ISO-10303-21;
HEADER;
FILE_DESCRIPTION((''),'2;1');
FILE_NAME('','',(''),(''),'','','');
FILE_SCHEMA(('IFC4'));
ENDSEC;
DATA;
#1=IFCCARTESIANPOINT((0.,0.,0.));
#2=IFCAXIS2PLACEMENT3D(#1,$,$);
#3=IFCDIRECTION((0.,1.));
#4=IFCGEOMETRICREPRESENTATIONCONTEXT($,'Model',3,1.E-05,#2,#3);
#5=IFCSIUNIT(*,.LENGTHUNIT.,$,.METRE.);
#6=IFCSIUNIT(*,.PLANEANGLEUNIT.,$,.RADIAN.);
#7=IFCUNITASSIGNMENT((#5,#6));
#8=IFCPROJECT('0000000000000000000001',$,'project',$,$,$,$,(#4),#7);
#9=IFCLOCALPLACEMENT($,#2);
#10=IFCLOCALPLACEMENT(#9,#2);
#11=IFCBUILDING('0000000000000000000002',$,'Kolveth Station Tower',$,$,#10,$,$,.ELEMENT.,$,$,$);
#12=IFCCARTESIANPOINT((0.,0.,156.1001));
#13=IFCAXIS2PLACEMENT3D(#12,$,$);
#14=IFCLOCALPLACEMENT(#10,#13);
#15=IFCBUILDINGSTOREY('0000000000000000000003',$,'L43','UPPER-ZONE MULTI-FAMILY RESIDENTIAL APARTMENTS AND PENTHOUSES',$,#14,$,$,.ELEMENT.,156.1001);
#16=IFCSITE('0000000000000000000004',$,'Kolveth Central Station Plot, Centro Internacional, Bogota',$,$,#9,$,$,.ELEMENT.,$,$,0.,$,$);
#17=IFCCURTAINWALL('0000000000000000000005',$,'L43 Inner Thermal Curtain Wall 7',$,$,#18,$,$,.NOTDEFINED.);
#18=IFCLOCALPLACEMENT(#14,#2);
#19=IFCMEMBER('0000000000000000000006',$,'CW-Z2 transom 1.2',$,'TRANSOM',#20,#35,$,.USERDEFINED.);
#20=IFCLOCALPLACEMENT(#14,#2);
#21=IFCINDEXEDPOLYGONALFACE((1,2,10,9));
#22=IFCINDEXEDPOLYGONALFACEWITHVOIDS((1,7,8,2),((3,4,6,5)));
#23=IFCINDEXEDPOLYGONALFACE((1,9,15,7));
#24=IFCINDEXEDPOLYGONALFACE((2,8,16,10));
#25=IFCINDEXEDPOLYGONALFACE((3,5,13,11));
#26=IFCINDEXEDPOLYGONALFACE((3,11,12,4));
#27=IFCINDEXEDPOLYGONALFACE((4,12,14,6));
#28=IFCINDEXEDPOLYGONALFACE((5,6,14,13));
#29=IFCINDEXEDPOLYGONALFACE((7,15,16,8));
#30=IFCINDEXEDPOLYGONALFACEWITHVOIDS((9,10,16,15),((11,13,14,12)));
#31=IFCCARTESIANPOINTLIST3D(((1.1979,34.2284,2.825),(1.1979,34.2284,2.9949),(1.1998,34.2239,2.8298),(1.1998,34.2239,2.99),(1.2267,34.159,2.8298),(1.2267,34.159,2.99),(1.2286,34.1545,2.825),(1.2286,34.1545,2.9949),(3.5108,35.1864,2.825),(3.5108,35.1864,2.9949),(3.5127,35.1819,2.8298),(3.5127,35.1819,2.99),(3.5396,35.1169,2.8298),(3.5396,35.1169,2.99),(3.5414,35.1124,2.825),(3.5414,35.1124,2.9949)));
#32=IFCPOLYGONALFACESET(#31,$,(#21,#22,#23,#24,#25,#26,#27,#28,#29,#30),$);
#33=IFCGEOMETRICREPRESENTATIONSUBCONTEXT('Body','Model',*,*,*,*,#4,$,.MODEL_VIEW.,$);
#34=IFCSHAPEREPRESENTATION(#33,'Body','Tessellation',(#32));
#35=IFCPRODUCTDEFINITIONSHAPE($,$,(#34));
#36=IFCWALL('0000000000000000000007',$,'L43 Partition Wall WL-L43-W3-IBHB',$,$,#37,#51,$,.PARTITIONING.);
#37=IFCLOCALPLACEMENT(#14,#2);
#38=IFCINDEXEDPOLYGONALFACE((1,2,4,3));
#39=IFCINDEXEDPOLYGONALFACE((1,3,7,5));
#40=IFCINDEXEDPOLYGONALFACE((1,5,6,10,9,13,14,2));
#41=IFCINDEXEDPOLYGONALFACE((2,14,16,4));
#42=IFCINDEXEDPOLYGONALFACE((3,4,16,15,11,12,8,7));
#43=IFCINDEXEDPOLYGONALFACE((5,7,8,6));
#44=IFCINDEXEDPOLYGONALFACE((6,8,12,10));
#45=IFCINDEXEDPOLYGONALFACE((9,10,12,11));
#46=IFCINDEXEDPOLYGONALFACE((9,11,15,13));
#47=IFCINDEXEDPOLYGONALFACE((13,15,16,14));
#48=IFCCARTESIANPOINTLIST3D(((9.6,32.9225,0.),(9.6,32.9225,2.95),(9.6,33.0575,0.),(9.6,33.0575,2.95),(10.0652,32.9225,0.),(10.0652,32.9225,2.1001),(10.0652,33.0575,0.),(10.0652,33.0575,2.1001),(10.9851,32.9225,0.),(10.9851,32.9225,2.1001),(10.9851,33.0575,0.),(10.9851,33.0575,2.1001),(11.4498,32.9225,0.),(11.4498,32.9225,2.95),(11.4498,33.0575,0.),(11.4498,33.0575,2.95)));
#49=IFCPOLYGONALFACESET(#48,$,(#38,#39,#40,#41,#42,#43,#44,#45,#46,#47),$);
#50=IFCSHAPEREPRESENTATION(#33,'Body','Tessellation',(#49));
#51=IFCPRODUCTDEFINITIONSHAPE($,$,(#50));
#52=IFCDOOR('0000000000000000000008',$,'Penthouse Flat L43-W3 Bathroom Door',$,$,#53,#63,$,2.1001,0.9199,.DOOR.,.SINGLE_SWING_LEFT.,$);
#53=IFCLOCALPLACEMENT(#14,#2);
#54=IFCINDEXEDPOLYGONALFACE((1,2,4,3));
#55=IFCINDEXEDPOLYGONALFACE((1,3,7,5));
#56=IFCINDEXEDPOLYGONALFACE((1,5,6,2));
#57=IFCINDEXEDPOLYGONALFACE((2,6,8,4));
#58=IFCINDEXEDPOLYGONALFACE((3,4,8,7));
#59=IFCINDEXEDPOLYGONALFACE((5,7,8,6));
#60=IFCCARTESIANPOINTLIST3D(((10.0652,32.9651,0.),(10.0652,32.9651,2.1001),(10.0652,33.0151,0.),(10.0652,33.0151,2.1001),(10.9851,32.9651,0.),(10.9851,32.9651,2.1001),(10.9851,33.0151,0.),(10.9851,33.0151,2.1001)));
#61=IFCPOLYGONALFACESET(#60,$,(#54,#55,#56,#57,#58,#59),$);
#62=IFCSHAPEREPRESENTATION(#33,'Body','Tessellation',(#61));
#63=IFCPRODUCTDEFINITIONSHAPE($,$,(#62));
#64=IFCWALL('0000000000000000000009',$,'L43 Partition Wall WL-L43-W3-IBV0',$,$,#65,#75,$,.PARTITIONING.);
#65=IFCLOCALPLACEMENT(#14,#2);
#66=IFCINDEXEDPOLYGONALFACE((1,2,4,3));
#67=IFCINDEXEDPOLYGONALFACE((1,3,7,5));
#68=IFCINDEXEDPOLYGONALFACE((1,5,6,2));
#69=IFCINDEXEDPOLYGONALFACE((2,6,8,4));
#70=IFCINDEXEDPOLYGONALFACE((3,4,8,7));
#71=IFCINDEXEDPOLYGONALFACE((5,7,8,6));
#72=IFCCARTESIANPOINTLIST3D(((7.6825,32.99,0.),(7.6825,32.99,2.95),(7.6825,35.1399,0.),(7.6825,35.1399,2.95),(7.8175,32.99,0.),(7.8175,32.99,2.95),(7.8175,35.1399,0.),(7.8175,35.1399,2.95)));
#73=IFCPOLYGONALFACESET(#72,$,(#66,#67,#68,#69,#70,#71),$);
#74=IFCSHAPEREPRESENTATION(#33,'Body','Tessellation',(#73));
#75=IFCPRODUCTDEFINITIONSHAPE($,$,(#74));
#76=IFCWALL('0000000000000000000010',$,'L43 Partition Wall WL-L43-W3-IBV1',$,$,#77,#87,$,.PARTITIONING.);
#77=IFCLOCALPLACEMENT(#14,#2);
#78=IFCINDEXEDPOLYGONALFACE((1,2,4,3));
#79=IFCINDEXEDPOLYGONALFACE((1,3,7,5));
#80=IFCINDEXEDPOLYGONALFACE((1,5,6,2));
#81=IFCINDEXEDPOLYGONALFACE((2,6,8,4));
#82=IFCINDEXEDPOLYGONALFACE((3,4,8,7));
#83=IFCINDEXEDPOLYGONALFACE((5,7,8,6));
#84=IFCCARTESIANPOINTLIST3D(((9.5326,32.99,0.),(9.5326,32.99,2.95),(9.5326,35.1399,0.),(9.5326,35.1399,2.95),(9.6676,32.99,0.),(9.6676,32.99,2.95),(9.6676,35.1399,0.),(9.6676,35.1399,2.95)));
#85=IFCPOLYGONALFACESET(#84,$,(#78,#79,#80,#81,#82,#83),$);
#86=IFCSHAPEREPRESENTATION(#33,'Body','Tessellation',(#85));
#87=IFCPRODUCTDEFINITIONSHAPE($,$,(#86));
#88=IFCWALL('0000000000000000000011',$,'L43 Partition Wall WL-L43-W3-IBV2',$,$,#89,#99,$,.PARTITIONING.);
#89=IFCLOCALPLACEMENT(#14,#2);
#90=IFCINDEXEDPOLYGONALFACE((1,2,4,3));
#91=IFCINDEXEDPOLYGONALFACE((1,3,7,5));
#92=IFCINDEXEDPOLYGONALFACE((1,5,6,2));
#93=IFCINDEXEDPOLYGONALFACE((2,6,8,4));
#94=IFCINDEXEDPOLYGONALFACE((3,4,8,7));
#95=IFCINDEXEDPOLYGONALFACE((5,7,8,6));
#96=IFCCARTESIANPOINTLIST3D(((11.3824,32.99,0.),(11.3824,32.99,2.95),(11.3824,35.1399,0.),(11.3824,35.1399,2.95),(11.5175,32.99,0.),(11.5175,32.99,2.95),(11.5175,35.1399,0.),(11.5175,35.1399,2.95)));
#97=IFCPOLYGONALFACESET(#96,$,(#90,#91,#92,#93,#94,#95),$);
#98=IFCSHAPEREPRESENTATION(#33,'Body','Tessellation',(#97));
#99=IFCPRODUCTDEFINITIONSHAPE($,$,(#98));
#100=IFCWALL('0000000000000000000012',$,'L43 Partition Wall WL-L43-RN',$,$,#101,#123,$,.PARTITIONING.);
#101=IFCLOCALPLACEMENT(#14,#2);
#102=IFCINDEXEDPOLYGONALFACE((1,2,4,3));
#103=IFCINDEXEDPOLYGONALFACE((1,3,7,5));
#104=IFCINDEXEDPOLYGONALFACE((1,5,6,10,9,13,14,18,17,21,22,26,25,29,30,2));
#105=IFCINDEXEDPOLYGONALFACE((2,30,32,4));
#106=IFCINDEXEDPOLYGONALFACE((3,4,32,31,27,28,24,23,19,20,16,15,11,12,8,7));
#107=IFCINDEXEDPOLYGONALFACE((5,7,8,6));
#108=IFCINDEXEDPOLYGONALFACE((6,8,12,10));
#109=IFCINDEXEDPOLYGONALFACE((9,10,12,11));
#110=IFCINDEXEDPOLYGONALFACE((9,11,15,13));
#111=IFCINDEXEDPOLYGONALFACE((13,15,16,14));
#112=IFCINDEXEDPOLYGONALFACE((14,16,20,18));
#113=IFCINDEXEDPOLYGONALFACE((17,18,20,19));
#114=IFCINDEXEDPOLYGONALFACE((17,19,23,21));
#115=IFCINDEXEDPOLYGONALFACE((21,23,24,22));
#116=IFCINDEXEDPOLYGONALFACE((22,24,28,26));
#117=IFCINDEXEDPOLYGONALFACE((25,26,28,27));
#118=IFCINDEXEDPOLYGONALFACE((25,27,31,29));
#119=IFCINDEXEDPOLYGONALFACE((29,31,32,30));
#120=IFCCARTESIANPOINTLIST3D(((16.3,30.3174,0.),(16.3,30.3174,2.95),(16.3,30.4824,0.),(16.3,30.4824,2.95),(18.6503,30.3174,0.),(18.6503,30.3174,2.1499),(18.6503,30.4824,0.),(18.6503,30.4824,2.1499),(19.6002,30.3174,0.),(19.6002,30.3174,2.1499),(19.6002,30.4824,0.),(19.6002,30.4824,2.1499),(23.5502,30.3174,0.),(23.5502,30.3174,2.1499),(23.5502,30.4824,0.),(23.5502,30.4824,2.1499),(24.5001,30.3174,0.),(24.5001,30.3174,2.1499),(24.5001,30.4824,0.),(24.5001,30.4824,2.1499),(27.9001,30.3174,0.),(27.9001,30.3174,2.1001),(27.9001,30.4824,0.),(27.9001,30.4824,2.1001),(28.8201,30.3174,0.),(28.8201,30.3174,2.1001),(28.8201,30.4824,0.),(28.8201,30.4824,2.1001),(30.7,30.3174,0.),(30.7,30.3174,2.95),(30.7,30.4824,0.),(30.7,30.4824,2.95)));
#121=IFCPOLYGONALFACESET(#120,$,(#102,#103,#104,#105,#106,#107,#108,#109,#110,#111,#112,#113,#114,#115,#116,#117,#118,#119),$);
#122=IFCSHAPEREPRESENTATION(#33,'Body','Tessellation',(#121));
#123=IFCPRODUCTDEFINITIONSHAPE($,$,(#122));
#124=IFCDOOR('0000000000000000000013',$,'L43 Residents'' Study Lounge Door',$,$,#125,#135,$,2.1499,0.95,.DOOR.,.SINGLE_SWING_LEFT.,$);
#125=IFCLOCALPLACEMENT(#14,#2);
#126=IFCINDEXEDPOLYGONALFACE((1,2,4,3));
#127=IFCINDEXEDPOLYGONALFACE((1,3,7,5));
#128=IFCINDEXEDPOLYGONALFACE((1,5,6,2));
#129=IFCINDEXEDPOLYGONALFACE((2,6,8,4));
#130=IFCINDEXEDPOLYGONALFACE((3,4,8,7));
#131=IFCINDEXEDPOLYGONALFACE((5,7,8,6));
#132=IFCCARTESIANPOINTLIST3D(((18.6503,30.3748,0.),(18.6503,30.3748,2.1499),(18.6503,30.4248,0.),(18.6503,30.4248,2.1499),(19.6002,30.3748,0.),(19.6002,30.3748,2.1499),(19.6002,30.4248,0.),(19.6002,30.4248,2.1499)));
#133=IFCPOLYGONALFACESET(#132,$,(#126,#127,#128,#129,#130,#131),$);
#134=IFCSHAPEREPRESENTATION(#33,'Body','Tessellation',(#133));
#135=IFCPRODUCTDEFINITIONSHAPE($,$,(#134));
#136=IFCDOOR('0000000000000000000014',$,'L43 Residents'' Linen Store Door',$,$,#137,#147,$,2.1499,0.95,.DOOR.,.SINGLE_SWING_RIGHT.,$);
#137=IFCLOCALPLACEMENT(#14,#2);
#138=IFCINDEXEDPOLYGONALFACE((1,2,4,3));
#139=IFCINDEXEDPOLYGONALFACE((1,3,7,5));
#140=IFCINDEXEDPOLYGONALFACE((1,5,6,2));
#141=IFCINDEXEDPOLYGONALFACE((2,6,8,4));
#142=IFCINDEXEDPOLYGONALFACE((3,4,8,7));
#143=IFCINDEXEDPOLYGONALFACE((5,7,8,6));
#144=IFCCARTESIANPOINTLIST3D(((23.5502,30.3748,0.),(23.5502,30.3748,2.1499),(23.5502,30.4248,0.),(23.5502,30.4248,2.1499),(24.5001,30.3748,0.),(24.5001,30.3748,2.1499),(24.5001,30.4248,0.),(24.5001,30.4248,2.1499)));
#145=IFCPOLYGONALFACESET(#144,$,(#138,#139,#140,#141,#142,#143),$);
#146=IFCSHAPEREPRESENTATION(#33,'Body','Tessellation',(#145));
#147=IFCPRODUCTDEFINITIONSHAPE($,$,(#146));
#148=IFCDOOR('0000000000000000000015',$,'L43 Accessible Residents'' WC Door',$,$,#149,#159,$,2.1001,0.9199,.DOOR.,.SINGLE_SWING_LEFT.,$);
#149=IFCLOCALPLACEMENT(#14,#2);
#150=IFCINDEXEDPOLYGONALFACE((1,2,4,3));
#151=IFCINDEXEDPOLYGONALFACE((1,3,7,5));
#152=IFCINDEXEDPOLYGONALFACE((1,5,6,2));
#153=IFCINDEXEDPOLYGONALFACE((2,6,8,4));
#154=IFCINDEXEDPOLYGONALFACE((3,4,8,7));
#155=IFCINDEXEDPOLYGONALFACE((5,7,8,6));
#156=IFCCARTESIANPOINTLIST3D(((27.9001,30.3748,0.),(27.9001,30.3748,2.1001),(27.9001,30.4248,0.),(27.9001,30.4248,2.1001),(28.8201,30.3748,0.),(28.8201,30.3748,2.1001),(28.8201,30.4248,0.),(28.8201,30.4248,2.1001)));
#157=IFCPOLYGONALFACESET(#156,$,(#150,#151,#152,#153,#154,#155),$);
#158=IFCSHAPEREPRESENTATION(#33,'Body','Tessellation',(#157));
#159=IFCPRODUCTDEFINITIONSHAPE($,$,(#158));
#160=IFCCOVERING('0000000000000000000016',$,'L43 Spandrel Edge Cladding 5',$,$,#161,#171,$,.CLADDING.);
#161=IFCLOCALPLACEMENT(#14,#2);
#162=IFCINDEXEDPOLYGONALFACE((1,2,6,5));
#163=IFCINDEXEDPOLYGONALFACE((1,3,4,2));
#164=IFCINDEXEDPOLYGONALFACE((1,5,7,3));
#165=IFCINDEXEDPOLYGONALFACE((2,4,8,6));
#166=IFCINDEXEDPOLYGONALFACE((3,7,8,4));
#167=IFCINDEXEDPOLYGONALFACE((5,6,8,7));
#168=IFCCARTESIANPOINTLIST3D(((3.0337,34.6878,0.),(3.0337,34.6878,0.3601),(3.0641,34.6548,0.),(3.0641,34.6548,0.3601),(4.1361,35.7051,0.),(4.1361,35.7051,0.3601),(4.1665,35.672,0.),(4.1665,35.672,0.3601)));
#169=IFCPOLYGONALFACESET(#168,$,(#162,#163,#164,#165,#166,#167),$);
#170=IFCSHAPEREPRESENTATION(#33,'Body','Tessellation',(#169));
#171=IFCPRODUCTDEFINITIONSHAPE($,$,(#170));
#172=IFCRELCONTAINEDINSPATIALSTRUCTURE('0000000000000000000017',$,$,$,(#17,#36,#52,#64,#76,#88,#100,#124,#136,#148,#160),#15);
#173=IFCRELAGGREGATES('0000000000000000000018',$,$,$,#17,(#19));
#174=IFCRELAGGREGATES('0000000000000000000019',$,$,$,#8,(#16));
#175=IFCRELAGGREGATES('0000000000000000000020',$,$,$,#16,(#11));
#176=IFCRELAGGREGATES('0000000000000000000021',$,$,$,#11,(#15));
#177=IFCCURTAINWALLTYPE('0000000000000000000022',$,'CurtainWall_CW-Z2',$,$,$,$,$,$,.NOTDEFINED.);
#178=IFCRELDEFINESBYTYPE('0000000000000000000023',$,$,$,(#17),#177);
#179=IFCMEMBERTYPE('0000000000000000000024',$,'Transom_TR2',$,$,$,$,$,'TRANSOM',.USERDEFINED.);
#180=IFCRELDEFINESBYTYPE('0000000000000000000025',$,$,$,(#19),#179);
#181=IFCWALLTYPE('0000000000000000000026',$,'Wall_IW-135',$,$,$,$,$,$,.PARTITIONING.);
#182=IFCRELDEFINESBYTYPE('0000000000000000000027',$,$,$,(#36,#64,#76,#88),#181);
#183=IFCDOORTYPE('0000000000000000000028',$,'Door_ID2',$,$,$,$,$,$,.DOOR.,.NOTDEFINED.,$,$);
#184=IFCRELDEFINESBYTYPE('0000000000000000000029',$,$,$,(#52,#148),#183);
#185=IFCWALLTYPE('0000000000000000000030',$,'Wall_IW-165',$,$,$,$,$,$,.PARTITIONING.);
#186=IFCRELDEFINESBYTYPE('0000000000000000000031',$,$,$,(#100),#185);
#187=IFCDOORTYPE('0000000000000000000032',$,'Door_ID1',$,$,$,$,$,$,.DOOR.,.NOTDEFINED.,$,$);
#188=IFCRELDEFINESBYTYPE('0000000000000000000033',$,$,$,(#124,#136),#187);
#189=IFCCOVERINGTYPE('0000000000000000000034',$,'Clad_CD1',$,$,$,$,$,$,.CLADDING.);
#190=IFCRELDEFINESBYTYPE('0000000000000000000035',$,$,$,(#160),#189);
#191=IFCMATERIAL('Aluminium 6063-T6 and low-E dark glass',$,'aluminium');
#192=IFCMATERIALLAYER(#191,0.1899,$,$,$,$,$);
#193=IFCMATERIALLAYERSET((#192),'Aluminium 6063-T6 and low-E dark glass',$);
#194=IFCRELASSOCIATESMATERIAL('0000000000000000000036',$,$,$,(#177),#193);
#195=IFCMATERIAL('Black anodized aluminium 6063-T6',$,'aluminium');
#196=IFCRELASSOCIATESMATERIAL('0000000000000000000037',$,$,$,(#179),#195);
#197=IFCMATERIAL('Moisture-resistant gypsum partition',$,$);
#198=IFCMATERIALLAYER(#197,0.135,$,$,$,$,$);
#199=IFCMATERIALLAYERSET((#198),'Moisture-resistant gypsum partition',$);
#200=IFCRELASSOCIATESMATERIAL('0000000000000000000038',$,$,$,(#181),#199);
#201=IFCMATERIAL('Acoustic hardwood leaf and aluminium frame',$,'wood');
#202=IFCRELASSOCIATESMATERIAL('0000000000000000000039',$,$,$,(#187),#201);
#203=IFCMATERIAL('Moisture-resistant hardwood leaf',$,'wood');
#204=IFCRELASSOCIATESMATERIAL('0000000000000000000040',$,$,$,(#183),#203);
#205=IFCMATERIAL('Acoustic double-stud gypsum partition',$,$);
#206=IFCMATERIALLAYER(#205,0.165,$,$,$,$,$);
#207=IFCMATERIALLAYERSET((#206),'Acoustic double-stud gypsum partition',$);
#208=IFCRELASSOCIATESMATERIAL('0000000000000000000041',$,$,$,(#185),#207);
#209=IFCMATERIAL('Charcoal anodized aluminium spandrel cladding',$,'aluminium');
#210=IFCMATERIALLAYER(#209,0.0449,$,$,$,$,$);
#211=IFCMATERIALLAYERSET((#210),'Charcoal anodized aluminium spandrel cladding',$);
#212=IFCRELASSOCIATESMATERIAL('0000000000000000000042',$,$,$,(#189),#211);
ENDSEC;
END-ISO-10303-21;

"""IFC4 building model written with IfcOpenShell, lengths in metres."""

from ifc_helpers import new_model, si_unit, direction, frame, frame_2d, origin, origin_2d, place, context, subcontext, project, spatial, rectangle, hollow_rectangle, extrude, source, transform, mapped, material, layer, layer_set, material_profile, profile_set, type_object, element, fill, aggregate, save


model = new_model("IFC4")

# Units and contexts
model_context = context("Model", 3, precision=1e-05, world=origin(), true_north=direction((0.0, 1.0)))
body_context = subcontext(model_context, "Body", "Model", "MODEL_VIEW")
ifc_project = project(units=[si_unit("LENGTHUNIT", "METRE"), si_unit("PLANEANGLEUNIT", "RADIAN")], contexts=[model_context])

# Site, building, storey
site_placement = place(None, origin())
site = spatial("IfcSite", under=ifc_project, at=site_placement, Name="Kolveth Central Station Plot, Centro Internacional, Bogota", CompositionType="ELEMENT", RefElevation=0.0)
building_placement = place(site_placement, origin())
building = spatial("IfcBuilding", under=site, at=building_placement, Name="Kolveth Station Tower", CompositionType="ELEMENT")
storey_placement = place(building_placement, frame((0.0, 0.0, 156.1001)))
storey = spatial("IfcBuildingStorey", under=building, at=storey_placement, Name="L43", Description="UPPER-ZONE MULTI-FAMILY RESIDENTIAL APARTMENTS AND PENTHOUSES", CompositionType="ELEMENT", Elevation=156.1001)

# Shared definitions
ifc_material_1 = material(Name="Aluminium 6063-T6 and low-E dark glass", Category="aluminium")
ifc_layer_1 = layer(ifc_material_1, 0.1899)
ifc_layer_set_1 = layer_set([ifc_layer_1], Name="Aluminium 6063-T6 and low-E dark glass")
curtain_wall_type = type_object("IfcCurtainWallType", Name="CurtainWall_CW-Z2", PredefinedType="NOTDEFINED", material=ifc_layer_set_1)
ifc_material_2 = material(Name="Black anodized aluminium 6063-T6", Category="aluminium")

# Curtain wall, member
curtain_wall_1_placement = place(storey_placement, origin())
curtain_wall_1 = element("IfcCurtainWall", 1, at=curtain_wall_1_placement, inside=storey, type_object=curtain_wall_type, Name="L43 Inner Thermal Curtain Wall 7", PredefinedType="NOTDEFINED")
ifc_material_profile_1 = material_profile(ifc_material_2, hollow_rectangle(XDim=0.0801, YDim=0.1699, WallThickness=0.0049, at=origin_2d()), Name="ALU-80x170x5")
ifc_profile_set_1 = profile_set([ifc_material_profile_1], Name="Black anodized aluminium 6063-T6")
member_type_1 = type_object("IfcMemberType", Name="Transom_TR2", ElementType="TRANSOM", PredefinedType="USERDEFINED", material=ifc_profile_set_1)
shared_shape_1 = source(origin(), body_context, "Body", "SweptSolid", [
    extrude(hollow_rectangle(XDim=0.0801, YDim=0.1699, WallThickness=0.0049, at=origin_2d()), origin(), (0.0, 0.0, 1.0), 2.5034),
])
member_1_placement = place(storey_placement, frame((3.5261, 35.1494, 2.9099), z_axis=(-0.923888, -0.382662, 0.0), x_axis=(0.382662, -0.923888, 0.0)))
member_1 = element("IfcMember", 2, at=member_1_placement, type_object=member_type_1, Name="CW-Z2 transom 1.2", ObjectType="TRANSOM", PredefinedType="USERDEFINED", context=body_context, shape_type="MappedRepresentation", body=[
    mapped(shared_shape_1, transform((0.0, 0.0, 0.0), x_axis=(1.0, 0.0, 0.0), y_axis=(0.0, 1.0, 0.0), z_axis=(0.0, 0.0, 1.0), scale=1.0)),
])
aggregate(curtain_wall_1, [member_1])

# Wall, opening, door
ifc_material_3 = material(Name="Moisture-resistant gypsum partition")
ifc_layer_2 = layer(ifc_material_3, 0.135)
ifc_layer_set_2 = layer_set([ifc_layer_2], Name="Moisture-resistant gypsum partition")
wall_type_1 = type_object("IfcWallType", Name="Wall_IW-135", PredefinedType="PARTITIONING", material=ifc_layer_set_2)
ifc_material_4 = material(Name="Acoustic hardwood leaf and aluminium frame", Category="wood")
door_type_1 = type_object("IfcDoorType", Name="Door_ID1", OperationType="NOTDEFINED", PredefinedType="DOOR", material=ifc_material_4)
wall_1_placement = place(storey_placement, frame((9.6001, 32.99, 0.0), z_axis=(0.0, 0.0, 1.0), x_axis=(1.0, 0.0, 0.0)))
wall_1 = element("IfcWall", 3, at=wall_1_placement, inside=storey, type_object=wall_type_1, Name="L43 Partition Wall WL-L43-W3-IBHB", PredefinedType="PARTITIONING", context=body_context, shape_type="SweptSolid", body=[
    extrude(rectangle(XDim=1.8499, YDim=0.135, at=frame_2d((0.9248, 0.0))), origin(), (0.0, 0.0, 1.0), 2.95),
])
opening_1_placement = place(wall_1_placement, frame((0.4651, 0.0, 0.0)))
opening_1 = element("IfcOpeningElement", 4, at=opening_1_placement, cuts=wall_1, PredefinedType="OPENING", context=body_context, shape_type="SweptSolid", body=[
    extrude(rectangle(XDim=0.9199, YDim=2.1001, at=frame_2d((0.46, 1.05))), frame((0.0, 0.0774, 0.0), z_axis=(0.0, -1.0, 0.0), x_axis=(1.0, 0.0, 0.0)), (0.0, 0.0, 1.0), 0.155),
])
ifc_material_5 = material(Name="Moisture-resistant hardwood leaf", Category="wood")
door_type_2 = type_object("IfcDoorType", Name="Door_ID2", OperationType="NOTDEFINED", PredefinedType="DOOR", material=ifc_material_5)
door_1_placement = place(opening_1_placement, frame((0.9199, 0.0, 0.0), z_axis=(0.0, 0.0, 1.0), x_axis=(-1.0, 0.0, 0.0)))
door_1 = element("IfcDoor", 5, at=door_1_placement, inside=storey, type_object=door_type_2, Name="Penthouse Flat L43-W3 Bathroom Door", OperationType="SINGLE_SWING_LEFT", OverallHeight=2.1001, OverallWidth=0.9199, PredefinedType="DOOR", context=body_context, shape_type="SweptSolid", body=[
    extrude(rectangle(XDim=0.9199, YDim=2.1001, at=frame_2d((0.46, 1.05))), frame((0.0, 0.0249, 0.0), z_axis=(0.0, -1.0, 0.0), x_axis=(1.0, 0.0, 0.0)), (0.0, 0.0, 1.0), 0.05),
])
fill(opening_1, door_1)

# Walls
for number, where, z_axis, x_axis, name in (
    (6, (7.75, 32.99, 0.0), (0.0, 0.0, 1.0), (0.0, 1.0, 0.0), "L43 Partition Wall WL-L43-W3-IBV0"),
    (7, (9.6001, 32.99, 0.0), (0.0, 0.0, 1.0), (0.0, 1.0, 0.0), "L43 Partition Wall WL-L43-W3-IBV1"),
    (8, (11.45, 32.99, 0.0), (0.0, 0.0, 1.0), (0.0, 1.0, 0.0), "L43 Partition Wall WL-L43-W3-IBV2"),
):
    element("IfcWall", number, at=place(storey_placement, frame(where, z_axis=z_axis, x_axis=x_axis)), inside=storey, type_object=wall_type_1, Name=name, PredefinedType="PARTITIONING", context=body_context, shape_type="SweptSolid", body=[
        extrude(rectangle(XDim=2.1499, YDim=0.135, at=frame_2d((1.075, 0.0))), origin(), (0.0, 0.0, 1.0), 2.95),
    ])

# Wall, openings, doors
ifc_material_6 = material(Name="Acoustic double-stud gypsum partition")
ifc_layer_3 = layer(ifc_material_6, 0.165)
ifc_layer_set_3 = layer_set([ifc_layer_3], Name="Acoustic double-stud gypsum partition")
wall_type_2 = type_object("IfcWallType", Name="Wall_IW-165", PredefinedType="PARTITIONING", material=ifc_layer_set_3)
wall_2_placement = place(storey_placement, frame((16.3, 30.3999, 0.0), z_axis=(0.0, 0.0, 1.0), x_axis=(1.0, 0.0, 0.0)))
wall_2 = element("IfcWall", 9, at=wall_2_placement, inside=storey, type_object=wall_type_2, Name="L43 Partition Wall WL-L43-RN", PredefinedType="PARTITIONING", context=body_context, shape_type="SweptSolid", body=[
    extrude(rectangle(XDim=14.3999, YDim=0.165, at=frame_2d((7.2, 0.0))), origin(), (0.0, 0.0, 1.0), 2.95),
])
opening_2_placement = place(wall_2_placement, frame((2.3501, 0.0, 0.0)))
opening_2 = element("IfcOpeningElement", 10, at=opening_2_placement, cuts=wall_2, PredefinedType="OPENING", context=body_context, shape_type="SweptSolid", body=[
    extrude(rectangle(XDim=0.95, YDim=2.1499, at=frame_2d((0.4751, 1.075))), frame((0.0, 0.0925, 0.0), z_axis=(0.0, -1.0, 0.0), x_axis=(1.0, 0.0, 0.0)), (0.0, 0.0, 1.0), 0.1851),
])
opening_3_placement = place(wall_2_placement, frame((7.25, 0.0, 0.0)))
opening_3 = element("IfcOpeningElement", 11, at=opening_3_placement, cuts=wall_2, PredefinedType="OPENING", context=body_context, shape_type="SweptSolid", body=[
    extrude(rectangle(XDim=0.95, YDim=2.1499, at=frame_2d((0.4751, 1.075))), frame((0.0, 0.0925, 0.0), z_axis=(0.0, -1.0, 0.0), x_axis=(1.0, 0.0, 0.0)), (0.0, 0.0, 1.0), 0.1851),
])
opening_4_placement = place(wall_2_placement, frame((11.6001, 0.0, 0.0)))
opening_4 = element("IfcOpeningElement", 12, at=opening_4_placement, cuts=wall_2, PredefinedType="OPENING", context=body_context, shape_type="SweptSolid", body=[
    extrude(rectangle(XDim=0.9199, YDim=2.1001, at=frame_2d((0.46, 1.05))), frame((0.0, 0.0925, 0.0), z_axis=(0.0, -1.0, 0.0), x_axis=(1.0, 0.0, 0.0)), (0.0, 0.0, 1.0), 0.1851),
])
door_2_placement = place(opening_2_placement, origin())
door_2 = element("IfcDoor", 13, at=door_2_placement, inside=storey, type_object=door_type_1, Name="L43 Residents' Study Lounge Door", OperationType="SINGLE_SWING_LEFT", OverallHeight=2.1499, OverallWidth=0.95, PredefinedType="DOOR", context=body_context, shape_type="SweptSolid", body=[
    extrude(rectangle(XDim=0.95, YDim=2.1499, at=frame_2d((0.4751, 1.075))), frame((0.0, 0.0249, 0.0), z_axis=(0.0, -1.0, 0.0), x_axis=(1.0, 0.0, 0.0)), (0.0, 0.0, 1.0), 0.05),
])
fill(opening_2, door_2)
door_3_placement = place(opening_3_placement, origin())
door_3 = element("IfcDoor", 14, at=door_3_placement, inside=storey, type_object=door_type_1, Name="L43 Residents' Linen Store Door", OperationType="SINGLE_SWING_RIGHT", OverallHeight=2.1499, OverallWidth=0.95, PredefinedType="DOOR", context=body_context, shape_type="SweptSolid", body=[
    extrude(rectangle(XDim=0.95, YDim=2.1499, at=frame_2d((0.4751, 1.075))), frame((0.0, 0.0249, 0.0), z_axis=(0.0, -1.0, 0.0), x_axis=(1.0, 0.0, 0.0)), (0.0, 0.0, 1.0), 0.05),
])
fill(opening_3, door_3)
door_4_placement = place(opening_4_placement, origin())
door_4 = element("IfcDoor", 15, at=door_4_placement, inside=storey, type_object=door_type_2, Name="L43 Accessible Residents' WC Door", OperationType="SINGLE_SWING_LEFT", OverallHeight=2.1001, OverallWidth=0.9199, PredefinedType="DOOR", context=body_context, shape_type="SweptSolid", body=[
    extrude(rectangle(XDim=0.9199, YDim=2.1001, at=frame_2d((0.46, 1.05))), frame((0.0, 0.0249, 0.0), z_axis=(0.0, -1.0, 0.0), x_axis=(1.0, 0.0, 0.0)), (0.0, 0.0, 1.0), 0.05),
])
fill(opening_4, door_4)

# Covering
ifc_material_7 = material(Name="Charcoal anodized aluminium spandrel cladding", Category="aluminium")
ifc_layer_4 = layer(ifc_material_7, 0.0449)
ifc_layer_set_4 = layer_set([ifc_layer_4], Name="Charcoal anodized aluminium spandrel cladding")
covering_type = type_object("IfcCoveringType", Name="Clad_CD1", PredefinedType="CLADDING", material=ifc_layer_set_4)
shared_shape_2 = source(origin(), body_context, "Body", "SweptSolid", [
    extrude(rectangle(XDim=1.5, YDim=0.0449, at=origin_2d()), origin(), (0.0, 0.0, 1.0), 0.3601),
])
covering_placement = place(storey_placement, frame((3.6001, 35.1799, 0.0), z_axis=(0.0, 0.0, 1.0), x_axis=(-0.734915, -0.67816, 0.0)))
element("IfcCovering", 16, at=covering_placement, inside=storey, type_object=covering_type, Name="L43 Spandrel Edge Cladding 5", PredefinedType="CLADDING", context=body_context, shape_type="MappedRepresentation", body=[
    mapped(shared_shape_2, transform((0.0, 0.0, 0.0), x_axis=(1.0, 0.0, 0.0), y_axis=(0.0, 1.0, 0.0), z_axis=(0.0, 0.0, 1.0), scale=1.0)),
])

save(model, "model.ifc")
